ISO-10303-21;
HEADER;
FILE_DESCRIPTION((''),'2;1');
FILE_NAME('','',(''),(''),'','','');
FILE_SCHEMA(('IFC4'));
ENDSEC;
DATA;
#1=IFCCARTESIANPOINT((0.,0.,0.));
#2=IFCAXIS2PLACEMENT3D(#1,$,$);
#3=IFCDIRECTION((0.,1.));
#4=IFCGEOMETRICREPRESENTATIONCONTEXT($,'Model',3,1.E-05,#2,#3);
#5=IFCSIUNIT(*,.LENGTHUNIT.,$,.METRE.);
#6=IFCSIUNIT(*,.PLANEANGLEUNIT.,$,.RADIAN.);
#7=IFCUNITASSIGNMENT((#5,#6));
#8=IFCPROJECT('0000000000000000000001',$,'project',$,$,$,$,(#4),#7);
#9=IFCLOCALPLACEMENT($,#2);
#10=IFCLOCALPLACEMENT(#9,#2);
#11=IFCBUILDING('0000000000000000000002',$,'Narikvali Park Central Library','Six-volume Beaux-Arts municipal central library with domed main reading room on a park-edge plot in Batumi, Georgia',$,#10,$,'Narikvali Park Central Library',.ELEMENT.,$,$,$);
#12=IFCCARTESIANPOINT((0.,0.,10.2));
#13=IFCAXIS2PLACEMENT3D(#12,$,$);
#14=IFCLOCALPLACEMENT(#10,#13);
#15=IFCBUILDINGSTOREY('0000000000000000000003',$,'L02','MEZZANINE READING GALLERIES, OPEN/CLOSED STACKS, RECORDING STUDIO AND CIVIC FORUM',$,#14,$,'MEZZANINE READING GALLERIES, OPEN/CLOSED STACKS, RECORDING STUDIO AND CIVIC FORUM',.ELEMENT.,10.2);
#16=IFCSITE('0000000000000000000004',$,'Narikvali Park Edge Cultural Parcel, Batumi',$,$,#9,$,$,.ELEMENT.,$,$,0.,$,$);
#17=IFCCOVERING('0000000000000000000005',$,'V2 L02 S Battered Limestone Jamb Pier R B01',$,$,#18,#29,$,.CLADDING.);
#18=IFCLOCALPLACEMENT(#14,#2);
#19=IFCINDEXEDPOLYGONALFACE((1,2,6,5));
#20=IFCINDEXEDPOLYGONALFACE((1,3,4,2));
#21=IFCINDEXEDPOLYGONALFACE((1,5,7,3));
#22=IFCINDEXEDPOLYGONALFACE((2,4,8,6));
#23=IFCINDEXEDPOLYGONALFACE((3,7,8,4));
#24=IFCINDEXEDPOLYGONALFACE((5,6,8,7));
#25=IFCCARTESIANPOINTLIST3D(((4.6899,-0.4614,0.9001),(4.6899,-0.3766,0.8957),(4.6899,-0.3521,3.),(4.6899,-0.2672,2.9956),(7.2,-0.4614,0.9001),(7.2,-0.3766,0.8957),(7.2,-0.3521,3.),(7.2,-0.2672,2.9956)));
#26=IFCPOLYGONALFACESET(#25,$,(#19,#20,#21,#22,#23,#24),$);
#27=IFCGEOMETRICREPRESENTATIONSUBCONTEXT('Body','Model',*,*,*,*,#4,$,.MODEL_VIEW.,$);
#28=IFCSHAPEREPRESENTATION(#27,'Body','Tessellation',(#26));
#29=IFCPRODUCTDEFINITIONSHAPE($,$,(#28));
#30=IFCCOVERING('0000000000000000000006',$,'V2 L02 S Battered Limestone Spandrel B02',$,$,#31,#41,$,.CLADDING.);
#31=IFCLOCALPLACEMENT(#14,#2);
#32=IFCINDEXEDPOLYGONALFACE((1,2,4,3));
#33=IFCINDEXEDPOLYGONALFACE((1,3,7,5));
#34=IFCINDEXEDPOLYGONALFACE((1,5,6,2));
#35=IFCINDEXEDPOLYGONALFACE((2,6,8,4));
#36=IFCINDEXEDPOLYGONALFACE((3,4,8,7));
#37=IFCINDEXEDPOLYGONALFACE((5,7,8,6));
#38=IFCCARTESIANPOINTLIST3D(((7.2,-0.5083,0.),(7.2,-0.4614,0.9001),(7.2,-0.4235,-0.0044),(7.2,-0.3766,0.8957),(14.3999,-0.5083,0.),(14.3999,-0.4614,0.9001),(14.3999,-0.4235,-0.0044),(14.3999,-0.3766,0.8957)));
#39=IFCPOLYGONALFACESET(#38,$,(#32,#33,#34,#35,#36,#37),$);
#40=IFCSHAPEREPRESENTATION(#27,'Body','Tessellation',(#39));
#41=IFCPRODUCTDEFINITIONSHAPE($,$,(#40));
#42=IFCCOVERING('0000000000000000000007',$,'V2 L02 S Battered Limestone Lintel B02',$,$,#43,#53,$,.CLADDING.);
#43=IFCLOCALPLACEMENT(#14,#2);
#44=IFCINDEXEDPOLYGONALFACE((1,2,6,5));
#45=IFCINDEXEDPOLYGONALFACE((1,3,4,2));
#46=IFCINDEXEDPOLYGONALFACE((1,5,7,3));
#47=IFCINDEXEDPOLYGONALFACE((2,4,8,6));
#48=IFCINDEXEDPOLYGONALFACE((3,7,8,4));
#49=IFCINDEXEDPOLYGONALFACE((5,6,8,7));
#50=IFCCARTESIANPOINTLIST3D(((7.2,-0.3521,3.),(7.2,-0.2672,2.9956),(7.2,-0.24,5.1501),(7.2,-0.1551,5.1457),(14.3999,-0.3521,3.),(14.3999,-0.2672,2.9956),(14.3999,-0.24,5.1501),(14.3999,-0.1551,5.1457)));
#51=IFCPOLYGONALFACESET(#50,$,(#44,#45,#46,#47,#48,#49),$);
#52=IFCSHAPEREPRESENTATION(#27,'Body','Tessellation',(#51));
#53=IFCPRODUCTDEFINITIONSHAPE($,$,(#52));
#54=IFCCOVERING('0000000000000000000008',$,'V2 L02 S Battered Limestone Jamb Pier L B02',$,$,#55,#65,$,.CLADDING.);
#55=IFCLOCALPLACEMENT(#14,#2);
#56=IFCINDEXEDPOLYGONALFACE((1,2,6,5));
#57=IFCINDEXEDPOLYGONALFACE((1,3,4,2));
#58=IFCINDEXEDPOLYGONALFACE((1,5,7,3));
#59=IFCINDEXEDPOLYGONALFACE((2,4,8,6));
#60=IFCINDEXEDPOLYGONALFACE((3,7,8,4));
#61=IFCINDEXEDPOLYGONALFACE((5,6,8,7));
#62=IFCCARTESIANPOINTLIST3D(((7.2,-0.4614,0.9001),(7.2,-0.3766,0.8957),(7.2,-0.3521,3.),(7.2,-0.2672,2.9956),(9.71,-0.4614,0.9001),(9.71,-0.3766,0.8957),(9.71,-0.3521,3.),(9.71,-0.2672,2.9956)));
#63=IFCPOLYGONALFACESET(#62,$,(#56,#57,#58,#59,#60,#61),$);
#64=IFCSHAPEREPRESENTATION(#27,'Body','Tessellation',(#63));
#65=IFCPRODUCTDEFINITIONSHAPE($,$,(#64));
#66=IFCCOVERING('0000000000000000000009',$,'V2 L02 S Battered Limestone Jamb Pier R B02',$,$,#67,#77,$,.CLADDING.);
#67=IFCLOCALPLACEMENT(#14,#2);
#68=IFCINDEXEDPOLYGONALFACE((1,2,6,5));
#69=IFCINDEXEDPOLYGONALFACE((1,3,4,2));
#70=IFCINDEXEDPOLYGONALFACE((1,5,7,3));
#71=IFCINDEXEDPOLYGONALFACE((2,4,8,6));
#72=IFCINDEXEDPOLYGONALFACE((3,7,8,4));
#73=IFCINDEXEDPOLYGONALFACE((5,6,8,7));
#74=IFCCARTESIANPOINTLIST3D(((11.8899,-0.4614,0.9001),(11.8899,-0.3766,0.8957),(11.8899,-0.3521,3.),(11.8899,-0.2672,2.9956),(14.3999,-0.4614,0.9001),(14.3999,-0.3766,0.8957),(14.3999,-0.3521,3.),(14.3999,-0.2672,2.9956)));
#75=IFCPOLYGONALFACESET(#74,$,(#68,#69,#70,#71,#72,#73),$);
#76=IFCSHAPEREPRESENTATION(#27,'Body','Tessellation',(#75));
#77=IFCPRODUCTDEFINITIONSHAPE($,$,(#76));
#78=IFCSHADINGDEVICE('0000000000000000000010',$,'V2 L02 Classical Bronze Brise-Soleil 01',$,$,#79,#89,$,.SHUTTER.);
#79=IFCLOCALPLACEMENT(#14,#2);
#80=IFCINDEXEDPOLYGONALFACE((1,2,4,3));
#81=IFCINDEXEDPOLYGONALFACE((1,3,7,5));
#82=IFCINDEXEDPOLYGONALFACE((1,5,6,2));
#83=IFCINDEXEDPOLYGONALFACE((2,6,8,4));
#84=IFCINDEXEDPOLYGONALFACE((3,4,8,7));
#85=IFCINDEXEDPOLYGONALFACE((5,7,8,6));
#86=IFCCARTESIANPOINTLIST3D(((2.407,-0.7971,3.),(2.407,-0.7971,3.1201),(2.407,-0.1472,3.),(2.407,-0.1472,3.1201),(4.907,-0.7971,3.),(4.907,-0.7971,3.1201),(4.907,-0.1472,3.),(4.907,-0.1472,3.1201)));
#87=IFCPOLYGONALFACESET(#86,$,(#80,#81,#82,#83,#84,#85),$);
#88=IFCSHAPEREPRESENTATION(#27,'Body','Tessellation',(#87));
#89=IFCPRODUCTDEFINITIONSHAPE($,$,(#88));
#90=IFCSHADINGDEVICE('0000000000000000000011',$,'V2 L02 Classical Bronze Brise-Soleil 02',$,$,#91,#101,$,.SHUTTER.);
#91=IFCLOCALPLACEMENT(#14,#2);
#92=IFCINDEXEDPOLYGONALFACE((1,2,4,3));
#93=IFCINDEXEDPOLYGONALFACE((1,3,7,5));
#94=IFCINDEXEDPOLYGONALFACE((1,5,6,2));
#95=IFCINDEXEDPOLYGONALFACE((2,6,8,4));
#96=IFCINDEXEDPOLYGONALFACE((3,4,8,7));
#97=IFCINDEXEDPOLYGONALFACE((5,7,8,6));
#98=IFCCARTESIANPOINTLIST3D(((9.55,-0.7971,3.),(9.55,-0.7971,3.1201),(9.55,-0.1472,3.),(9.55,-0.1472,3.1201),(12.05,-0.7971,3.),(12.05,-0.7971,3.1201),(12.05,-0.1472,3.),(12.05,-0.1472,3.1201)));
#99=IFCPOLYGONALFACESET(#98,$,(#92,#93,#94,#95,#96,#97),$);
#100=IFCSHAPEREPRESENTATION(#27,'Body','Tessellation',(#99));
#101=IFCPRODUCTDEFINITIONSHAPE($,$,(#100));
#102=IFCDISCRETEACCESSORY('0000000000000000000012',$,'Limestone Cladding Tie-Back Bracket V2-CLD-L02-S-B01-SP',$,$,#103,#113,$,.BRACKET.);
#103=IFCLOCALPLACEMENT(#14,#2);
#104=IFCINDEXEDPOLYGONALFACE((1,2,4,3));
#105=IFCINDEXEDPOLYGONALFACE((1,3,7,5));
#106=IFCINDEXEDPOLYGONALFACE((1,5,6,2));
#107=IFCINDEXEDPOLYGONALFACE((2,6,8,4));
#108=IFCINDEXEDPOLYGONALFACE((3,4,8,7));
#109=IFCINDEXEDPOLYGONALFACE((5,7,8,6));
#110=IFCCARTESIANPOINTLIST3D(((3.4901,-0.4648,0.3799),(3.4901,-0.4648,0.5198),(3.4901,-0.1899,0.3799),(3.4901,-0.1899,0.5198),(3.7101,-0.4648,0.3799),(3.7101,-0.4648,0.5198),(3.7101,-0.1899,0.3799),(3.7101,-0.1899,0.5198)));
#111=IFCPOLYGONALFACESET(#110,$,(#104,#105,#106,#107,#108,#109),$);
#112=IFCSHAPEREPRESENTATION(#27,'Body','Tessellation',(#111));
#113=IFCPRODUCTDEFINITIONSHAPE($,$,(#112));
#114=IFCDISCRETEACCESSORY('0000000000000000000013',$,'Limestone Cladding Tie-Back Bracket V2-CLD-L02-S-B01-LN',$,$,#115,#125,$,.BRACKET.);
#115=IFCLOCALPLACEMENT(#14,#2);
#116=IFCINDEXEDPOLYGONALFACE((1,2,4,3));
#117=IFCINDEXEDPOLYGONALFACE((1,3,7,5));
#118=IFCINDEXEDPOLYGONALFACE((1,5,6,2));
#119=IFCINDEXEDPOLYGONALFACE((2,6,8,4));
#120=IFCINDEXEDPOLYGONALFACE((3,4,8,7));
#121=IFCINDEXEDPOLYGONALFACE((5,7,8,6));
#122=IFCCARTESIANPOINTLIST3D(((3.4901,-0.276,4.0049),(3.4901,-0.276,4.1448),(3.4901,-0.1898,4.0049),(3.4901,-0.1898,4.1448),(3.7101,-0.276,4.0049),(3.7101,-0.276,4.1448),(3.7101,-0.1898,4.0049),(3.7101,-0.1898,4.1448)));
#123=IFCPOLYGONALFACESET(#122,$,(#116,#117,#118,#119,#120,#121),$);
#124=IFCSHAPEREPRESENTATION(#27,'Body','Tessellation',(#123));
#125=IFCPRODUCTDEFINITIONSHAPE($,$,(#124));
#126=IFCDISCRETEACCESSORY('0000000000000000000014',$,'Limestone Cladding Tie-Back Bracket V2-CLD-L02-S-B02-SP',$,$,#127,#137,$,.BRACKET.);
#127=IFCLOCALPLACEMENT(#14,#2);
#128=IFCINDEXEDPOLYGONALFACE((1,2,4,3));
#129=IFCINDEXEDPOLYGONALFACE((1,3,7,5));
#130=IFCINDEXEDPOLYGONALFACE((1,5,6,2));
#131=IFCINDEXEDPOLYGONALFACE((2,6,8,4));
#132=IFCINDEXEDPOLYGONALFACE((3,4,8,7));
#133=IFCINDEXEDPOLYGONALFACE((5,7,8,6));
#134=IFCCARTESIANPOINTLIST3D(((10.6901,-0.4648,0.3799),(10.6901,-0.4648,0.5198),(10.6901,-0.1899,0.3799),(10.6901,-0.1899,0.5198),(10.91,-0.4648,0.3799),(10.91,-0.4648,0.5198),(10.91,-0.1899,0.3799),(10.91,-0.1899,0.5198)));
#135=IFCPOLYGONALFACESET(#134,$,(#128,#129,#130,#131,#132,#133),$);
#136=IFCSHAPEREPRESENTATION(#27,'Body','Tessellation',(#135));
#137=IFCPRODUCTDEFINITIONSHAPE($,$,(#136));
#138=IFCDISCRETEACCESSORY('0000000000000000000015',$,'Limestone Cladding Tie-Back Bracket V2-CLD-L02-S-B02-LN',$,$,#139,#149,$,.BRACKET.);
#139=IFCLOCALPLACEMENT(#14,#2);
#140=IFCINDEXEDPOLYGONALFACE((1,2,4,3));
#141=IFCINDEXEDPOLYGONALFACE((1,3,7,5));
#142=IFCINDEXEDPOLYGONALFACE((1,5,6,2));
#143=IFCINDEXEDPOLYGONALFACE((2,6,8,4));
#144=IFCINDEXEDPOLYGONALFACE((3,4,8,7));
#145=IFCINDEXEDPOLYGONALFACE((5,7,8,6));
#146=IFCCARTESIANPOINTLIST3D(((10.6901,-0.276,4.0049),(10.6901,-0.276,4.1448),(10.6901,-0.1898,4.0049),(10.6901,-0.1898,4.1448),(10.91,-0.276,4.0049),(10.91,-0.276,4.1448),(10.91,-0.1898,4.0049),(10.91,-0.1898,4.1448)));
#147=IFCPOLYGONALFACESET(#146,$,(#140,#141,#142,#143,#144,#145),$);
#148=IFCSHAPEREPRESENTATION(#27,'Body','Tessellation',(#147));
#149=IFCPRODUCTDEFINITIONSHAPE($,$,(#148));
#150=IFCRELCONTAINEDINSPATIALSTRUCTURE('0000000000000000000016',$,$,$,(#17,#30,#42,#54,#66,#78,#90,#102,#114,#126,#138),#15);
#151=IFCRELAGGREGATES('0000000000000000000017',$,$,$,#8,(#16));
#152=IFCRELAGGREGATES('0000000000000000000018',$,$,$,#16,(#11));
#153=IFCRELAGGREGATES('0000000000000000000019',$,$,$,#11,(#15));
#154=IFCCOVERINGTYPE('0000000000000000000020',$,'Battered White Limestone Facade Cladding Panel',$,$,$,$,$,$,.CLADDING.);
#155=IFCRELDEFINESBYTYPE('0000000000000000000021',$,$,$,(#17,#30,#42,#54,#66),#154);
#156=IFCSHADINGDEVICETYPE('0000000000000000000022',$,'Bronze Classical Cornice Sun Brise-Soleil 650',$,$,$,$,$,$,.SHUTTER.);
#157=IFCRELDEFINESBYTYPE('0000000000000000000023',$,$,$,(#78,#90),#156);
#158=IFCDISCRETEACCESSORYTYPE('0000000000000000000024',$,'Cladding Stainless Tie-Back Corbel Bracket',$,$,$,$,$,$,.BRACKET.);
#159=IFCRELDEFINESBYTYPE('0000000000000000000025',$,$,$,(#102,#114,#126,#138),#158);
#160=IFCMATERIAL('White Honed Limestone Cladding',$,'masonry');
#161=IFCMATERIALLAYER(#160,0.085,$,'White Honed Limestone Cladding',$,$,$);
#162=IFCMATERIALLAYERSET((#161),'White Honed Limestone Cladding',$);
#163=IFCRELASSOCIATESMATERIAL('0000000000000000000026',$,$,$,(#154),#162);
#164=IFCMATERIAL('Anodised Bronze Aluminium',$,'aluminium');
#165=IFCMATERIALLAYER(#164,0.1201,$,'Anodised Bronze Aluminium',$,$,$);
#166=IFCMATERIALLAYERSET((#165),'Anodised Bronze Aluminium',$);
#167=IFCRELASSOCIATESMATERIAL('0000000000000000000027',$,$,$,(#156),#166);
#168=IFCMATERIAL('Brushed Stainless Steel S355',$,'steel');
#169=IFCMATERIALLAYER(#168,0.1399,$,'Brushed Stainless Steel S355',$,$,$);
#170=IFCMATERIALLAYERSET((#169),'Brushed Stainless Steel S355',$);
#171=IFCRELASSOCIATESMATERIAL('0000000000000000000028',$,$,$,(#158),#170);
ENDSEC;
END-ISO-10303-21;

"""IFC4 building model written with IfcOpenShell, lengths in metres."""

from ifc_helpers import new_model, si_unit, direction, frame, origin, origin_2d, place, context, subcontext, project, spatial, polyline, rectangle, outline, extrude, material, layer, layer_set, type_object, element, save


model = new_model("IFC4")

# Units and contexts
model_context = context("Model", 3, precision=1e-05, world=origin(), true_north=direction((0.0, 1.0)))
body_context = subcontext(model_context, "Body", "Model", "MODEL_VIEW")
ifc_project = project(units=[si_unit("LENGTHUNIT", "METRE"), si_unit("PLANEANGLEUNIT", "RADIAN")], contexts=[model_context])

# Site, building, storey
site_placement = place(None, origin())
site = spatial("IfcSite", under=ifc_project, at=site_placement, Name="Narikvali Park Edge Cultural Parcel, Batumi", CompositionType="ELEMENT", RefElevation=0.0)
building_placement = place(site_placement, origin())
building = spatial("IfcBuilding", under=site, at=building_placement, Name="Narikvali Park Central Library", Description="Six-volume Beaux-Arts municipal central library with domed main reading room on a park-edge plot in Batumi, Georgia", LongName="Narikvali Park Central Library", CompositionType="ELEMENT")
storey_placement = place(building_placement, frame((0.0, 0.0, 10.2)))
storey = spatial("IfcBuildingStorey", under=building, at=storey_placement, Name="L02", Description="MEZZANINE READING GALLERIES, OPEN/CLOSED STACKS, RECORDING STUDIO AND CIVIC FORUM", LongName="MEZZANINE READING GALLERIES, OPEN/CLOSED STACKS, RECORDING STUDIO AND CIVIC FORUM", CompositionType="ELEMENT", Elevation=10.2)

# Coverings
ifc_material_1 = material(Name="White Honed Limestone Cladding", Category="masonry")
ifc_layer_1 = layer(ifc_material_1, 0.085, Name="White Honed Limestone Cladding")
ifc_layer_set_1 = layer_set([ifc_layer_1], Name="White Honed Limestone Cladding")
covering_type = type_object("IfcCoveringType", Name="Battered White Limestone Facade Cladding Panel", PredefinedType="CLADDING", material=ifc_layer_set_1)
covering_1_placement = place(storey_placement, frame((4.6899, -0.4614, 0.9001), z_axis=(0.0, -0.998646, 0.052016), x_axis=(1.0, 0.0, 0.0)))
element("IfcCovering", 1, at=covering_1_placement, inside=storey, type_object=covering_type, Name="V2 L02 S Battered Limestone Jamb Pier R B01", PredefinedType="CLADDING", context=body_context, shape_type="SweptSolid", body=[
    extrude(outline(polyline([(0.0, 0.0), (2.51, 0.0), (2.51, 2.1027), (0.0, 2.1027), (0.0, 0.0)])), origin(), (0.0, 0.0, -1.0), 0.085),
])
covering_2_placement = place(storey_placement, frame((7.2, -0.5083, 0.0), z_axis=(0.0, -0.998647, 0.052004), x_axis=(1.0, 0.0, 0.0)))
element("IfcCovering", 2, at=covering_2_placement, inside=storey, type_object=covering_type, Name="V2 L02 S Battered Limestone Spandrel B02", PredefinedType="CLADDING", context=body_context, shape_type="SweptSolid", body=[
    extrude(outline(polyline([(0.0, 0.0), (7.2, 0.0), (7.2, 0.9014), (0.0, 0.9014), (0.0, 0.0)])), origin(), (0.0, 0.0, -1.0), 0.085),
])
covering_3_placement = place(storey_placement, frame((7.2, -0.3521, 3.0), z_axis=(0.0, -0.998645, 0.052047), x_axis=(1.0, 0.0, 0.0)))
element("IfcCovering", 3, at=covering_3_placement, inside=storey, type_object=covering_type, Name="V2 L02 S Battered Limestone Lintel B02", PredefinedType="CLADDING", context=body_context, shape_type="SweptSolid", body=[
    extrude(outline(polyline([(0.0, 0.0), (7.2, 0.0), (7.2, 2.1531), (0.0, 2.1531), (0.0, 0.0)])), origin(), (0.0, 0.0, -1.0), 0.085),
])
for number, where, z_axis, x_axis, name in (
    (4, (7.2, -0.4614, 0.9001), (0.0, -0.998646, 0.052016), (1.0, 0.0, 0.0), "V2 L02 S Battered Limestone Jamb Pier L B02"),
    (5, (11.8899, -0.4614, 0.9001), (0.0, -0.998646, 0.052016), (1.0, 0.0, 0.0), "V2 L02 S Battered Limestone Jamb Pier R B02"),
):
    element("IfcCovering", number, at=place(storey_placement, frame(where, z_axis=z_axis, x_axis=x_axis)), inside=storey, type_object=covering_type, Name=name, PredefinedType="CLADDING", context=body_context, shape_type="SweptSolid", body=[
        extrude(outline(polyline([(0.0, 0.0), (2.51, 0.0), (2.51, 2.1027), (0.0, 2.1027), (0.0, 0.0)])), origin(), (0.0, 0.0, -1.0), 0.085),
    ])

# Shading devices
ifc_material_2 = material(Name="Anodised Bronze Aluminium", Category="aluminium")
ifc_layer_2 = layer(ifc_material_2, 0.1201, Name="Anodised Bronze Aluminium")
ifc_layer_set_2 = layer_set([ifc_layer_2], Name="Anodised Bronze Aluminium")
shading_device_type = type_object("IfcShadingDeviceType", Name="Bronze Classical Cornice Sun Brise-Soleil 650", PredefinedType="SHUTTER", material=ifc_layer_set_2)
for number, where, z_axis, x_axis, name in (
    (6, (3.657, -0.4722, 3.0), (0.0, 0.0, 1.0), (1.0, 0.0, 0.0), "V2 L02 Classical Bronze Brise-Soleil 01"),
    (7, (10.8, -0.4722, 3.0), (0.0, 0.0, 1.0), (1.0, 0.0, 0.0), "V2 L02 Classical Bronze Brise-Soleil 02"),
):
    element("IfcShadingDevice", number, at=place(storey_placement, frame(where, z_axis=z_axis, x_axis=x_axis)), inside=storey, type_object=shading_device_type, Name=name, PredefinedType="SHUTTER", context=body_context, shape_type="SweptSolid", body=[
        extrude(rectangle(XDim=2.5, YDim=0.6499, at=origin_2d()), origin(), (0.0, 0.0, 1.0), 0.1201),
    ])

# Discrete accessories
ifc_material_3 = material(Name="Brushed Stainless Steel S355", Category="steel")
ifc_layer_3 = layer(ifc_material_3, 0.1399, Name="Brushed Stainless Steel S355")
ifc_layer_set_3 = layer_set([ifc_layer_3], Name="Brushed Stainless Steel S355")
discrete_accessory_type = type_object("IfcDiscreteAccessoryType", Name="Cladding Stainless Tie-Back Corbel Bracket", PredefinedType="BRACKET", material=ifc_layer_set_3)
discrete_accessory_1_placement = place(storey_placement, frame((3.6001, -0.3274, 0.3799), z_axis=(0.0, 0.0, 1.0), x_axis=(1.0, 0.0, 0.0)))
element("IfcDiscreteAccessory", 8, at=discrete_accessory_1_placement, inside=storey, type_object=discrete_accessory_type, Name="Limestone Cladding Tie-Back Bracket V2-CLD-L02-S-B01-SP", PredefinedType="BRACKET", context=body_context, shape_type="SweptSolid", body=[
    extrude(rectangle(XDim=0.22, YDim=0.2749, at=origin_2d()), origin(), (0.0, 0.0, 1.0), 0.1399),
])
discrete_accessory_2_placement = place(storey_placement, frame((3.6001, -0.2329, 4.0049), z_axis=(0.0, 0.0, 1.0), x_axis=(1.0, 0.0, 0.0)))
element("IfcDiscreteAccessory", 9, at=discrete_accessory_2_placement, inside=storey, type_object=discrete_accessory_type, Name="Limestone Cladding Tie-Back Bracket V2-CLD-L02-S-B01-LN", PredefinedType="BRACKET", context=body_context, shape_type="SweptSolid", body=[
    extrude(rectangle(XDim=0.22, YDim=0.0862, at=origin_2d()), origin(), (0.0, 0.0, 1.0), 0.1399),
])
discrete_accessory_3_placement = place(storey_placement, frame((10.8, -0.3274, 0.3799), z_axis=(0.0, 0.0, 1.0), x_axis=(1.0, 0.0, 0.0)))
element("IfcDiscreteAccessory", 10, at=discrete_accessory_3_placement, inside=storey, type_object=discrete_accessory_type, Name="Limestone Cladding Tie-Back Bracket V2-CLD-L02-S-B02-SP", PredefinedType="BRACKET", context=body_context, shape_type="SweptSolid", body=[
    extrude(rectangle(XDim=0.22, YDim=0.2749, at=origin_2d()), origin(), (0.0, 0.0, 1.0), 0.1399),
])
discrete_accessory_4_placement = place(storey_placement, frame((10.8, -0.2329, 4.0049), z_axis=(0.0, 0.0, 1.0), x_axis=(1.0, 0.0, 0.0)))
element("IfcDiscreteAccessory", 11, at=discrete_accessory_4_placement, inside=storey, type_object=discrete_accessory_type, Name="Limestone Cladding Tie-Back Bracket V2-CLD-L02-S-B02-LN", PredefinedType="BRACKET", context=body_context, shape_type="SweptSolid", body=[
    extrude(rectangle(XDim=0.22, YDim=0.0862, at=origin_2d()), origin(), (0.0, 0.0, 1.0), 0.1399),
])

save(model, "model.ifc")
